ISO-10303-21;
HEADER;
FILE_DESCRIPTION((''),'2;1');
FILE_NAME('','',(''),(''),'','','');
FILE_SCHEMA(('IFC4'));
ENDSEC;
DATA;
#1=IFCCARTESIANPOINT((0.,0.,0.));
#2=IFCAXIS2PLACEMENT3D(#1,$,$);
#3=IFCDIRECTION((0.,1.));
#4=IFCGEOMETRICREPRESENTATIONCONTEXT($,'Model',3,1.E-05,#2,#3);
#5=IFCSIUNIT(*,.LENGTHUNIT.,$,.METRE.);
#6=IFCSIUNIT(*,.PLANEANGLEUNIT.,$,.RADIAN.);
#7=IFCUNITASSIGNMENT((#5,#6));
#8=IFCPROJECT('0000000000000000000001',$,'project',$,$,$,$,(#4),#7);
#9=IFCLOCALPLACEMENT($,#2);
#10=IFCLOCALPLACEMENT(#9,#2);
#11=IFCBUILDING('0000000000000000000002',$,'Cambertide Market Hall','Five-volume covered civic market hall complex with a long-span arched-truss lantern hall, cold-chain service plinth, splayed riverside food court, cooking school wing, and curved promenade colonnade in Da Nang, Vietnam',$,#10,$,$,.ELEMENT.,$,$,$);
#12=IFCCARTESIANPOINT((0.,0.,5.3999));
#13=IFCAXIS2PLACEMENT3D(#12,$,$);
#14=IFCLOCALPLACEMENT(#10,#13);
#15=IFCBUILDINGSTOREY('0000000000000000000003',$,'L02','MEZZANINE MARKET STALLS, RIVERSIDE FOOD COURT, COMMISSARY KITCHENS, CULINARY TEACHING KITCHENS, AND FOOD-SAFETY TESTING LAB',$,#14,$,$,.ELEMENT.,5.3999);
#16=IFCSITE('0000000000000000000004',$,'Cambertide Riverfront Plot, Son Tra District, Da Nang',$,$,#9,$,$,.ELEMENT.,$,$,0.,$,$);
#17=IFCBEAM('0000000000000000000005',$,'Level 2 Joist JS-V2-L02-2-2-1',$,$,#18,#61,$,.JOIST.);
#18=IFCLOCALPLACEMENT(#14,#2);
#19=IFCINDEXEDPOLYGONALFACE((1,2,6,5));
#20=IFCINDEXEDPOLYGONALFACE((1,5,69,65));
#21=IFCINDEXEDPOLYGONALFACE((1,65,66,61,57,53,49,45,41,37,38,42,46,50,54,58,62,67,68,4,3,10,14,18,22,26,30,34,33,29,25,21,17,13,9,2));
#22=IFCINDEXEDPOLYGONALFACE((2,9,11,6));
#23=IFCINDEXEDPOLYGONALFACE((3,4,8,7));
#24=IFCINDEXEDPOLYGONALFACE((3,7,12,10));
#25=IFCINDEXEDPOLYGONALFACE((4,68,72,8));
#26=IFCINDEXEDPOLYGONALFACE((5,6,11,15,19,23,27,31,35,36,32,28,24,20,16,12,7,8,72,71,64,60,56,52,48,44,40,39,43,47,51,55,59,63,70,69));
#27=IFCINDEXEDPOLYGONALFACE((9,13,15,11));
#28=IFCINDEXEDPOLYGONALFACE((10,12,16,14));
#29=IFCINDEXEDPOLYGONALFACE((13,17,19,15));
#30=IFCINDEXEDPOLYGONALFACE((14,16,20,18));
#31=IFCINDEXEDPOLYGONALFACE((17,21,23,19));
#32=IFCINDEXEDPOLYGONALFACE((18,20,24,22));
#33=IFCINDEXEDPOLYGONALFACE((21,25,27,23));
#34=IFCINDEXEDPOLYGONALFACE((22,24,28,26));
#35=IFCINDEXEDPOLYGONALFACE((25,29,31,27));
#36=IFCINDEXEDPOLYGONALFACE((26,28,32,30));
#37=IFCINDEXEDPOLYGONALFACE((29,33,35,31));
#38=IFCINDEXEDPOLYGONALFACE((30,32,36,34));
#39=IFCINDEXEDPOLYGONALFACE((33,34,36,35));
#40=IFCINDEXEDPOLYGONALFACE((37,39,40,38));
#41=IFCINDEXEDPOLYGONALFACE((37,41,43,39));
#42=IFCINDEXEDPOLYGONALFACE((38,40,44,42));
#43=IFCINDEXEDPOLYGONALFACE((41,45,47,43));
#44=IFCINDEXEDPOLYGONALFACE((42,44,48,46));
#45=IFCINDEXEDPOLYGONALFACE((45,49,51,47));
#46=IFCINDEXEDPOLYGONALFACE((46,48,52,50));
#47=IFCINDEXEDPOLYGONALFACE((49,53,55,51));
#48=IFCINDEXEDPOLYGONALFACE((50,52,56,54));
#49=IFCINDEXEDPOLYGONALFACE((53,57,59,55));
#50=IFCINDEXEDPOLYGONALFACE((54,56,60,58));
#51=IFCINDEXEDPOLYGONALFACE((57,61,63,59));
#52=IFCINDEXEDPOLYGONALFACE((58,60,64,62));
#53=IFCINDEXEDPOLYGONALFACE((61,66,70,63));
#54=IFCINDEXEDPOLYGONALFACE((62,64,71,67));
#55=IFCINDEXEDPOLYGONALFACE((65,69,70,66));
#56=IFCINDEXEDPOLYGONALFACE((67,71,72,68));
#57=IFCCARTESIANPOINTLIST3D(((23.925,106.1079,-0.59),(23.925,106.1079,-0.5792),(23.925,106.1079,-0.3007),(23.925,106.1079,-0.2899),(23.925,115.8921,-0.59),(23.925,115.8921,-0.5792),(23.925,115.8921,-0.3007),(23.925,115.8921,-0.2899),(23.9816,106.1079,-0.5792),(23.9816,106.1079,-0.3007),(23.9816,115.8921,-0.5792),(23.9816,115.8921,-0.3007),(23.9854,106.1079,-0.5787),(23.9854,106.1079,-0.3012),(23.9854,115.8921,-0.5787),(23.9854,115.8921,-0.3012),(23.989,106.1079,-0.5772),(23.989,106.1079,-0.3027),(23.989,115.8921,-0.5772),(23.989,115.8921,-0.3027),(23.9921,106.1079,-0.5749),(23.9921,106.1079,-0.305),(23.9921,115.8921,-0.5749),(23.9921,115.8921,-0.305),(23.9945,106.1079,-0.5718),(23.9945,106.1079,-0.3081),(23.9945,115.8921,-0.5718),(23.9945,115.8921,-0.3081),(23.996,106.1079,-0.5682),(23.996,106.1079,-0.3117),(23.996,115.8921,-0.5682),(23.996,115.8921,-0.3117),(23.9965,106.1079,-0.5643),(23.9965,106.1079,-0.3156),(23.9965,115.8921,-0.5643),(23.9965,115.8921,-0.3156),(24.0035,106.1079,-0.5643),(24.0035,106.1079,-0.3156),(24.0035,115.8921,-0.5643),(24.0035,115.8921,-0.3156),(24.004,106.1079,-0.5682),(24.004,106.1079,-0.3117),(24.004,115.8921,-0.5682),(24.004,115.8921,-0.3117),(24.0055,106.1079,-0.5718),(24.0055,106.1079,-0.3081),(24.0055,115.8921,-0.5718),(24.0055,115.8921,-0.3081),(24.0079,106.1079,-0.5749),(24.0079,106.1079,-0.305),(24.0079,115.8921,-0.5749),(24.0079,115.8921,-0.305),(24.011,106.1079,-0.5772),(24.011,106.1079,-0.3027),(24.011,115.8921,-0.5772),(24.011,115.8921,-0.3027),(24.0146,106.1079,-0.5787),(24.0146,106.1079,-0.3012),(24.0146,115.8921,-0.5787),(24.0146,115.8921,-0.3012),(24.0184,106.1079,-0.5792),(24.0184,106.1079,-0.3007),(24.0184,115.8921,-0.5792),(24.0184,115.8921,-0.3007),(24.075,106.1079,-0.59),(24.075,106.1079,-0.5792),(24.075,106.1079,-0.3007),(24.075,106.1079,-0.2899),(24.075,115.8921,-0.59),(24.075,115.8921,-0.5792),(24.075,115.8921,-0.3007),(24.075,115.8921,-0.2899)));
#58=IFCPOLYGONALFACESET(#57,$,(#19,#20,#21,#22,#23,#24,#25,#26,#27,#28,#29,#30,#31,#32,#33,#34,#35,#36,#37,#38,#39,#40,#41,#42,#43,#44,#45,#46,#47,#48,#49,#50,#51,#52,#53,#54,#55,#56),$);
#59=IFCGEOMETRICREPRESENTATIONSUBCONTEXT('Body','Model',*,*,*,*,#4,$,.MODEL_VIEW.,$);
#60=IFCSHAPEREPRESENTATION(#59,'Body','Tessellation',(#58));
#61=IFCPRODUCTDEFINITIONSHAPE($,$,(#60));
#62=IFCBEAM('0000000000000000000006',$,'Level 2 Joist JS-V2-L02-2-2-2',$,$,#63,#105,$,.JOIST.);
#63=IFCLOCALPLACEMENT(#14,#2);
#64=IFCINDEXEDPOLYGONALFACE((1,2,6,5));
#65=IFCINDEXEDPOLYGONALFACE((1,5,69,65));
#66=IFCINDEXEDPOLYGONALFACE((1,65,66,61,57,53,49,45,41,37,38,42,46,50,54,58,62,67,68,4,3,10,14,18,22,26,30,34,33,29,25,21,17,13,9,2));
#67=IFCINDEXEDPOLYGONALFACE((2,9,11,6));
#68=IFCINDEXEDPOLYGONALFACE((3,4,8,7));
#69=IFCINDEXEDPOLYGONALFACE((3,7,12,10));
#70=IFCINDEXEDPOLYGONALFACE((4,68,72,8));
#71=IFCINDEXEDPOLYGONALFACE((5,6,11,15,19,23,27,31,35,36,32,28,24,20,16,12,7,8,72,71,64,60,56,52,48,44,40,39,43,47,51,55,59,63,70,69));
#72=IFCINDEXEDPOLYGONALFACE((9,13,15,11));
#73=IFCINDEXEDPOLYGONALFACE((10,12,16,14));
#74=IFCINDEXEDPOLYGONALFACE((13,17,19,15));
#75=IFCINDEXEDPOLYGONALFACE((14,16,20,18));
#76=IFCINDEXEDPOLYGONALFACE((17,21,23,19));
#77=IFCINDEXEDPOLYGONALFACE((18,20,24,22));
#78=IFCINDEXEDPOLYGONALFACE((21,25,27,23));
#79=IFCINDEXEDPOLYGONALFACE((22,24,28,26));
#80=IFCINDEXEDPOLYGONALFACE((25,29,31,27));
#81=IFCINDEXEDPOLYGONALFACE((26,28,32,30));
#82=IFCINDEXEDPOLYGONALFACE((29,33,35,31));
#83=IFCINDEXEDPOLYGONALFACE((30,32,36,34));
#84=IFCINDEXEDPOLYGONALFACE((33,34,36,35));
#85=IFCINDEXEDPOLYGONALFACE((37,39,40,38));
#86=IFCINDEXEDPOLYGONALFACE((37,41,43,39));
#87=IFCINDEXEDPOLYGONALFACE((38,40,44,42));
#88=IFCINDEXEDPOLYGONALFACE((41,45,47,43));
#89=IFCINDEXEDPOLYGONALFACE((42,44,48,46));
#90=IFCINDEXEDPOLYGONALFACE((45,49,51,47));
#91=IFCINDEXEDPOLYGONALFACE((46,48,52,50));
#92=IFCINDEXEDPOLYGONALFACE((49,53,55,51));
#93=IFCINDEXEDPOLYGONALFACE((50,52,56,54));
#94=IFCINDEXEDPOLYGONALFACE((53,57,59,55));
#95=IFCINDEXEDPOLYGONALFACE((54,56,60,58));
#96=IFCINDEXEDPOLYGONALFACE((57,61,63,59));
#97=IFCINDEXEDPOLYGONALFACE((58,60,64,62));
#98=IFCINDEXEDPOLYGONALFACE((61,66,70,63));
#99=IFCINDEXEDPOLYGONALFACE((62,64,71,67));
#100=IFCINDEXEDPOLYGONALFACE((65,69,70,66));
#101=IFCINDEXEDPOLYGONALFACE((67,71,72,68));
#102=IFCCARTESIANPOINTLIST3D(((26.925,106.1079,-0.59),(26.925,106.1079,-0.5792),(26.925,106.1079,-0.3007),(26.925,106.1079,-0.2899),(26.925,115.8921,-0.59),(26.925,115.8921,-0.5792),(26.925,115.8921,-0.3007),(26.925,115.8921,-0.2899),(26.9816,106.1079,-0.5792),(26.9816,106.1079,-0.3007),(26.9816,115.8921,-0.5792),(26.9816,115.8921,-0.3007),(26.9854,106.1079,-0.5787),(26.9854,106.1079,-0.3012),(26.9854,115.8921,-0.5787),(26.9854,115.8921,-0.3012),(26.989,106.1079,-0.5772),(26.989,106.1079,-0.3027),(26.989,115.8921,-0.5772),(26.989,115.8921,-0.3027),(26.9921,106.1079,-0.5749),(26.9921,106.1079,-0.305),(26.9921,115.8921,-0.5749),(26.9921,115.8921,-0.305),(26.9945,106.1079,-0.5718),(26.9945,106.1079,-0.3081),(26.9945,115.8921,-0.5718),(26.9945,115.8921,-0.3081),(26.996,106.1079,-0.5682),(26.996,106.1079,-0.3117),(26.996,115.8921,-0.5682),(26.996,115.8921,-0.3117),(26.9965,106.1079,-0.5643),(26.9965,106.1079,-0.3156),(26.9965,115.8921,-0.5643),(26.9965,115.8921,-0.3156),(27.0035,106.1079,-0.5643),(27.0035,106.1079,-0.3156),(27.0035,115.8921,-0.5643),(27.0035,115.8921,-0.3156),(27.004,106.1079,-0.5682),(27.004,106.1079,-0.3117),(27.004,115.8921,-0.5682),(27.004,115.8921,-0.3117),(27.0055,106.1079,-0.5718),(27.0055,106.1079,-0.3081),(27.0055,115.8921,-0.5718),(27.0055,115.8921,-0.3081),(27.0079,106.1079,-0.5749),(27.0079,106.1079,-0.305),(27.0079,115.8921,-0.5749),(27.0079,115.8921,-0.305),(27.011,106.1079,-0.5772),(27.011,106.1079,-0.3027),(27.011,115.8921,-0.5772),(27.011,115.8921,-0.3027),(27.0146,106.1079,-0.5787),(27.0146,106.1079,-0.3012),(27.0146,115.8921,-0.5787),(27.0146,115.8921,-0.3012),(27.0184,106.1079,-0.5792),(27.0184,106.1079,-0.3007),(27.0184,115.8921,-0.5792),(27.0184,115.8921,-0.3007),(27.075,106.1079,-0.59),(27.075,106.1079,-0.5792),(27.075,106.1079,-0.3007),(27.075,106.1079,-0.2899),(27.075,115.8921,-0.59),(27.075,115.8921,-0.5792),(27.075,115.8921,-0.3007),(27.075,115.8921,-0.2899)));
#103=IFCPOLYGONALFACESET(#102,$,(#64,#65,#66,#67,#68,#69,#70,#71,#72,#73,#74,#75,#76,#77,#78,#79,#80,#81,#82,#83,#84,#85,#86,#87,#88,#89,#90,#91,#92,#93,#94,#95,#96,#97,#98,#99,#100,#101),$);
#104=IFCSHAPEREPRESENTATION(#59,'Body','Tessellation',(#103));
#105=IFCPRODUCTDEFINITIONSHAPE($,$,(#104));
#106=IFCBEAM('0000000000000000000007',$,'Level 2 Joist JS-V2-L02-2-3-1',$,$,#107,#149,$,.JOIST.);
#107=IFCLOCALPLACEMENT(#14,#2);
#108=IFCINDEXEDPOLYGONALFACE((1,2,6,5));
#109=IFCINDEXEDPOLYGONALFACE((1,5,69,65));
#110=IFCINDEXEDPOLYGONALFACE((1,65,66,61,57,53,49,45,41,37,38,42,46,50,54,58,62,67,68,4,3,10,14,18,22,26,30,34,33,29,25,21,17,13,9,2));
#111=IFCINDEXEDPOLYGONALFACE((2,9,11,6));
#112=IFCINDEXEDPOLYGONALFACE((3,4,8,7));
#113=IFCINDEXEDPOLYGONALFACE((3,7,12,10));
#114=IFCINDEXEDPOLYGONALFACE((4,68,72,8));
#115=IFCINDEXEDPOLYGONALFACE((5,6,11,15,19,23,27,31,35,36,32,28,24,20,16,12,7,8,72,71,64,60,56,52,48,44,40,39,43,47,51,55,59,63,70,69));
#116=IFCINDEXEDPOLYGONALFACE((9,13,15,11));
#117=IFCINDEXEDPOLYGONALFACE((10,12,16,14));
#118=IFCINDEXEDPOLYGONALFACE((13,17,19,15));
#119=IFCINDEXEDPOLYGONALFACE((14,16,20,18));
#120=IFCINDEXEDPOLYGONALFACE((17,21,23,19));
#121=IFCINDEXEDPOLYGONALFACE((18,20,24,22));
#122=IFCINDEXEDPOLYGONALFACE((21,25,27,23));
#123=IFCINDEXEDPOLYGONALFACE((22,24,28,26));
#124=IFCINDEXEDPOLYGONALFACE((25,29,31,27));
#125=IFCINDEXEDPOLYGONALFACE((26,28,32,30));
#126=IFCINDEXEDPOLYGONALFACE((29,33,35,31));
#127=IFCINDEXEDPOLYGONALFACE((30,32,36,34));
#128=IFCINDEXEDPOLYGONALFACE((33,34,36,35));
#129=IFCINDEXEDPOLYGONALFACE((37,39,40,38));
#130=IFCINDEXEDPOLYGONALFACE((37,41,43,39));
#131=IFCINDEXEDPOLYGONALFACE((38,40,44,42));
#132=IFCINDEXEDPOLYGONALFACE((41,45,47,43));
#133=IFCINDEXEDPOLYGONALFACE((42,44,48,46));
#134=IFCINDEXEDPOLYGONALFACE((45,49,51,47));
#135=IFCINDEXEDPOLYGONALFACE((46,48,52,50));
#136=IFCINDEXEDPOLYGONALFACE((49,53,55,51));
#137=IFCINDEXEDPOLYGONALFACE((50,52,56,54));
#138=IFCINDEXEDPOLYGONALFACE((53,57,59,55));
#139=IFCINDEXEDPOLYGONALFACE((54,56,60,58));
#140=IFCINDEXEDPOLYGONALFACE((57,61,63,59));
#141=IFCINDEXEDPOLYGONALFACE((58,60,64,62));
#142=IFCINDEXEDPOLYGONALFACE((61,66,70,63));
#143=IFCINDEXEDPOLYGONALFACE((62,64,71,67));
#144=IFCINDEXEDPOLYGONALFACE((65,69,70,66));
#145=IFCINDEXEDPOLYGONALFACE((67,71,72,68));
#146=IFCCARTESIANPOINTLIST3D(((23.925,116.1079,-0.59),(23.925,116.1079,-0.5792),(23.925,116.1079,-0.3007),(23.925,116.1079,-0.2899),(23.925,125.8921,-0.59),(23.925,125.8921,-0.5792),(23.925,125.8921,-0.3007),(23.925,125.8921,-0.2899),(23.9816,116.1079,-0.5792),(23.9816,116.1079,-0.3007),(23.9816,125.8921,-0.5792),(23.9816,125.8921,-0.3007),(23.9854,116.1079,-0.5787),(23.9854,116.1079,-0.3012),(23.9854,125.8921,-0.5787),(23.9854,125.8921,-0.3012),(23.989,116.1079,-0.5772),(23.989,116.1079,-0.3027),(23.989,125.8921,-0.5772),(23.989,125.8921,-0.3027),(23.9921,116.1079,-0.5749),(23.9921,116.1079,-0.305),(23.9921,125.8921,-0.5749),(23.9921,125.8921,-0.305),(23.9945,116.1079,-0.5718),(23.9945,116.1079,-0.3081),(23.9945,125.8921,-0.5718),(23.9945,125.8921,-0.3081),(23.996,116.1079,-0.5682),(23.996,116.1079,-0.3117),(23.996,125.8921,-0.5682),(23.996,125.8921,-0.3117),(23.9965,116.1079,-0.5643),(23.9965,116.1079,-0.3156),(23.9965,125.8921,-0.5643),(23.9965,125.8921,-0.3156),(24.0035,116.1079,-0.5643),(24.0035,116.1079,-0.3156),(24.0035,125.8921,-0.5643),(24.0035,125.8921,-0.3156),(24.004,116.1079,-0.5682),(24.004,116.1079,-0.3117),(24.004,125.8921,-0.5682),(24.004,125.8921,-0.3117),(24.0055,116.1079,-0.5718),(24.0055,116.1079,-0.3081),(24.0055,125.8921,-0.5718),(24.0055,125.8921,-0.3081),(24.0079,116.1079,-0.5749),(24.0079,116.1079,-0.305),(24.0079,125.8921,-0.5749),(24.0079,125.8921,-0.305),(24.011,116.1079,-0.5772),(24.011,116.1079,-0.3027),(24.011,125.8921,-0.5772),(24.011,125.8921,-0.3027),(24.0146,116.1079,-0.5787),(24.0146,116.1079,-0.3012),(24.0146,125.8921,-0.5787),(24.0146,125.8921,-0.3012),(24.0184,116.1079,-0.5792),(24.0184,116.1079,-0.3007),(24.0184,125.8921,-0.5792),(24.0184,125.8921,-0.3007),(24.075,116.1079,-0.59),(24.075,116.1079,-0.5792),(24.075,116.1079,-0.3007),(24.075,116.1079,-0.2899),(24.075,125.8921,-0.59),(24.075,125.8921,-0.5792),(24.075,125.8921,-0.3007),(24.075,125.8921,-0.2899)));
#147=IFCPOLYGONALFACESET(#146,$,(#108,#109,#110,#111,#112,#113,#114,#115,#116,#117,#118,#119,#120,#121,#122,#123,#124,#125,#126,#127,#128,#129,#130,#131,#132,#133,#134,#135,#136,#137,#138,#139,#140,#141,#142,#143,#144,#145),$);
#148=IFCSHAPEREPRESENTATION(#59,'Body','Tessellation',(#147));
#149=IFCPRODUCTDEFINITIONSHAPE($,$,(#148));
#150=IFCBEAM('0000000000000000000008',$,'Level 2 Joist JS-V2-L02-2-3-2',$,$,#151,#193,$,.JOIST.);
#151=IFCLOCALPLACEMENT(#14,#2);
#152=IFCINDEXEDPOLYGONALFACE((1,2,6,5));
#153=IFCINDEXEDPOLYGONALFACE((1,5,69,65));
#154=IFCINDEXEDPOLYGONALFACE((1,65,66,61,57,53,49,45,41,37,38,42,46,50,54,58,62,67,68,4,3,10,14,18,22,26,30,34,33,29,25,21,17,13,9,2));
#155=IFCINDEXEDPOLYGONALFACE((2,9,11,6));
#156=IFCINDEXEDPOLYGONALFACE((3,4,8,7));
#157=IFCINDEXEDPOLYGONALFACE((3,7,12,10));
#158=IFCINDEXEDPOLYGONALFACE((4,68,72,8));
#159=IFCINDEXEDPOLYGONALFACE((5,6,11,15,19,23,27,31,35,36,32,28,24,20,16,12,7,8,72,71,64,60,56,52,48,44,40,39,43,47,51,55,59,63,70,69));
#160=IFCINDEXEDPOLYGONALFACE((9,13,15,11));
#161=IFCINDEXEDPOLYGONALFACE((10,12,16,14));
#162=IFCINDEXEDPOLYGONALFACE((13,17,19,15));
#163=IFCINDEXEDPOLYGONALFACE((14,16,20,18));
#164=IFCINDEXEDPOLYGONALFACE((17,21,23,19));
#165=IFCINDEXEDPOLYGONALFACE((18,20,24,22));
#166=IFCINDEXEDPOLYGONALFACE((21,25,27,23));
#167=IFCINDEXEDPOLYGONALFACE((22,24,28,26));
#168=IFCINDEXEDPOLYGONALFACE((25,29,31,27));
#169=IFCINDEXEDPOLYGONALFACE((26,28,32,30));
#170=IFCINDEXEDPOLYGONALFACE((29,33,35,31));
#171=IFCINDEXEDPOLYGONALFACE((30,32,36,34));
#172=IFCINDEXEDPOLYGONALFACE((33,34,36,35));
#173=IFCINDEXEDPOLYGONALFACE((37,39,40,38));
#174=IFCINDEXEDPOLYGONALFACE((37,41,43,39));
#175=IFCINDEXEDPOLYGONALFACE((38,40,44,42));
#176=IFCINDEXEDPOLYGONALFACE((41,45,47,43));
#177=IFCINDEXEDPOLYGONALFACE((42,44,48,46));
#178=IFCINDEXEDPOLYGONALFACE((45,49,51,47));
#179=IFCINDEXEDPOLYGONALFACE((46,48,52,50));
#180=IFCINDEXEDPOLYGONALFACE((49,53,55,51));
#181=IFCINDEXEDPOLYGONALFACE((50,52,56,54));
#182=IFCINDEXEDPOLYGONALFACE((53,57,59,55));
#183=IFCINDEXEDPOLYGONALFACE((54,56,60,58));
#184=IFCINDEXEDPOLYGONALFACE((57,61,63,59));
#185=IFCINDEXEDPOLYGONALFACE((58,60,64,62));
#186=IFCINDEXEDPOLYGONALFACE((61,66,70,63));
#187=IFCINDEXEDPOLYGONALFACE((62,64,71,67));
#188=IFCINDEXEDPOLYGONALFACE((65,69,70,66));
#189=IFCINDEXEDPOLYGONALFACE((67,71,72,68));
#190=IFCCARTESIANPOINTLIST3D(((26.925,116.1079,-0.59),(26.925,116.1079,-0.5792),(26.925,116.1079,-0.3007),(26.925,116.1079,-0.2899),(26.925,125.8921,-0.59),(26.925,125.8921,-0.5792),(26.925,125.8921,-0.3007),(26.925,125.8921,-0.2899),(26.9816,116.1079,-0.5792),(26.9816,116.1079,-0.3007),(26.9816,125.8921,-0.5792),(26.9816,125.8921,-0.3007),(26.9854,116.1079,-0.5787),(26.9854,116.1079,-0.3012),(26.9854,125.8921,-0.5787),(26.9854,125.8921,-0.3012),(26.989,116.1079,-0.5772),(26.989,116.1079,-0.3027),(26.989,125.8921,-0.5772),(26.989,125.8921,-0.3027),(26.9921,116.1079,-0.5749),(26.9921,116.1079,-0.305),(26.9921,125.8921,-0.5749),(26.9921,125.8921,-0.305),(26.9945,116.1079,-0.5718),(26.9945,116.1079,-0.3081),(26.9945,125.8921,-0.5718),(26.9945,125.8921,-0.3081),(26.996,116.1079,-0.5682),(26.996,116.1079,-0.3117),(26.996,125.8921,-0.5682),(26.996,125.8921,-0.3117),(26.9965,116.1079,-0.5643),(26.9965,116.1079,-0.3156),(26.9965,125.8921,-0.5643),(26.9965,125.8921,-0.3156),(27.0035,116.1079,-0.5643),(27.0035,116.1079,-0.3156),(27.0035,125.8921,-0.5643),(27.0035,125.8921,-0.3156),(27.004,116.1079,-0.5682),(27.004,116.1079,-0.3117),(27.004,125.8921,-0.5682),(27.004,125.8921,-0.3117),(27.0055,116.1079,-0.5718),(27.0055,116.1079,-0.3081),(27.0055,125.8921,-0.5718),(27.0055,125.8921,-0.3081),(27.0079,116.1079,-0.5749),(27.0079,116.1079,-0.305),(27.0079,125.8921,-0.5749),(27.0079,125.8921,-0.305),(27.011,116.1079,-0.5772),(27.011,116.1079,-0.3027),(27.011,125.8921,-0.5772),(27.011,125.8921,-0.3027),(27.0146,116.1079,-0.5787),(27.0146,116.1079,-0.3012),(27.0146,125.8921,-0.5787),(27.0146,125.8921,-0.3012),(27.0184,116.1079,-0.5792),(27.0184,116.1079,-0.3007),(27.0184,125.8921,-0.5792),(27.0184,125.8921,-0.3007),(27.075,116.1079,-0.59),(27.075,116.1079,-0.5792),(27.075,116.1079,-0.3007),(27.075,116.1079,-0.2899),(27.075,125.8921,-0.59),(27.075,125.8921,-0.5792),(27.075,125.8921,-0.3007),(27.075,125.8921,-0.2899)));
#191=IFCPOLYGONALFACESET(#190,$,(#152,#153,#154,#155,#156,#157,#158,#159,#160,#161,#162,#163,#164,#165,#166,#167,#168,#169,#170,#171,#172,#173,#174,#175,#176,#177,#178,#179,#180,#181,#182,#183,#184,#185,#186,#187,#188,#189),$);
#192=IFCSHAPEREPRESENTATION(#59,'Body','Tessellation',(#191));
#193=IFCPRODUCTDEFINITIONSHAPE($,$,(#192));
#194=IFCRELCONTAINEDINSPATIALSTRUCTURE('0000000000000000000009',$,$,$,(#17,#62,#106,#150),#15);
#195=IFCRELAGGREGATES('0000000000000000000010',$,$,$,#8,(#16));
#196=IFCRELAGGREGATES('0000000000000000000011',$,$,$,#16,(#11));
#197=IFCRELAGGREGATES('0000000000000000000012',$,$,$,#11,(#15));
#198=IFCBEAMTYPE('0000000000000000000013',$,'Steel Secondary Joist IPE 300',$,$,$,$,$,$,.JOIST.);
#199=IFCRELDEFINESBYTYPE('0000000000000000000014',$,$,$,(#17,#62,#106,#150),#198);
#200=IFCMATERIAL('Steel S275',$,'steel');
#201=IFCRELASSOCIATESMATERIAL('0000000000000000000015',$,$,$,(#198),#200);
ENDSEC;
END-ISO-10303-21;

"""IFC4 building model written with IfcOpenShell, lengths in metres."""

from ifc_helpers import new_model, si_unit, direction, frame, origin, origin_2d, place, context, subcontext, project, spatial, i_section, extrude, material, material_profile, profile_set, type_object, element, save


model = new_model("IFC4")

# Units and contexts
model_context = context("Model", 3, precision=1e-05, world=origin(), true_north=direction((0.0, 1.0)))
body_context = subcontext(model_context, "Body", "Model", "MODEL_VIEW")
ifc_project = project(units=[si_unit("LENGTHUNIT", "METRE"), si_unit("PLANEANGLEUNIT", "RADIAN")], contexts=[model_context])

# Site, building, storey
site_placement = place(None, origin())
site = spatial("IfcSite", under=ifc_project, at=site_placement, Name="Cambertide Riverfront Plot, Son Tra District, Da Nang", CompositionType="ELEMENT", RefElevation=0.0)
building_placement = place(site_placement, origin())
building = spatial("IfcBuilding", under=site, at=building_placement, Name="Cambertide Market Hall", Description="Five-volume covered civic market hall complex with a long-span arched-truss lantern hall, cold-chain service plinth, splayed riverside food court, cooking school wing, and curved promenade colonnade in Da Nang, Vietnam", CompositionType="ELEMENT")
storey_placement = place(building_placement, frame((0.0, 0.0, 5.3999)))
storey = spatial("IfcBuildingStorey", under=building, at=storey_placement, Name="L02", Description="MEZZANINE MARKET STALLS, RIVERSIDE FOOD COURT, COMMISSARY KITCHENS, CULINARY TEACHING KITCHENS, AND FOOD-SAFETY TESTING LAB", CompositionType="ELEMENT", Elevation=5.3999)

# Beams
ifc_material_1 = material(Name="Steel S275", Category="steel")
ifc_material_profile_1 = material_profile(ifc_material_1, i_section(OverallWidth=0.1499, OverallDepth=0.3, WebThickness=0.0071, FlangeThickness=0.0107, FilletRadius=0.0149, at=origin_2d()), Name="IPE 300")
ifc_profile_set_1 = profile_set([ifc_material_profile_1], Name="Steel S275")
beam_type_1 = type_object("IfcBeamType", Name="Steel Secondary Joist IPE 300", PredefinedType="JOIST", material=ifc_profile_set_1)
for number, where, z_axis, x_axis, name in (
    (1, (24.0, 106.1079, -0.4399), (0.0, 1.0, 0.0), (-1.0, 0.0, 0.0), "Level 2 Joist JS-V2-L02-2-2-1"),
    (2, (27.0, 106.1079, -0.4399), (0.0, 1.0, 0.0), (-1.0, 0.0, 0.0), "Level 2 Joist JS-V2-L02-2-2-2"),
    (3, (24.0, 116.1079, -0.4399), (0.0, 1.0, 0.0), (-1.0, 0.0, 0.0), "Level 2 Joist JS-V2-L02-2-3-1"),
    (4, (27.0, 116.1079, -0.4399), (0.0, 1.0, 0.0), (-1.0, 0.0, 0.0), "Level 2 Joist JS-V2-L02-2-3-2"),
):
    element("IfcBeam", number, at=place(storey_placement, frame(where, z_axis=z_axis, x_axis=x_axis)), inside=storey, type_object=beam_type_1, Name=name, PredefinedType="JOIST", context=body_context, shape_type="SweptSolid", body=[
        extrude(i_section(OverallWidth=0.1499, OverallDepth=0.3, WebThickness=0.0071, FlangeThickness=0.0107, FilletRadius=0.0149, at=origin_2d()), origin(), (0.0, 0.0, 1.0), 9.7842),
    ])

save(model, "model.ifc")
